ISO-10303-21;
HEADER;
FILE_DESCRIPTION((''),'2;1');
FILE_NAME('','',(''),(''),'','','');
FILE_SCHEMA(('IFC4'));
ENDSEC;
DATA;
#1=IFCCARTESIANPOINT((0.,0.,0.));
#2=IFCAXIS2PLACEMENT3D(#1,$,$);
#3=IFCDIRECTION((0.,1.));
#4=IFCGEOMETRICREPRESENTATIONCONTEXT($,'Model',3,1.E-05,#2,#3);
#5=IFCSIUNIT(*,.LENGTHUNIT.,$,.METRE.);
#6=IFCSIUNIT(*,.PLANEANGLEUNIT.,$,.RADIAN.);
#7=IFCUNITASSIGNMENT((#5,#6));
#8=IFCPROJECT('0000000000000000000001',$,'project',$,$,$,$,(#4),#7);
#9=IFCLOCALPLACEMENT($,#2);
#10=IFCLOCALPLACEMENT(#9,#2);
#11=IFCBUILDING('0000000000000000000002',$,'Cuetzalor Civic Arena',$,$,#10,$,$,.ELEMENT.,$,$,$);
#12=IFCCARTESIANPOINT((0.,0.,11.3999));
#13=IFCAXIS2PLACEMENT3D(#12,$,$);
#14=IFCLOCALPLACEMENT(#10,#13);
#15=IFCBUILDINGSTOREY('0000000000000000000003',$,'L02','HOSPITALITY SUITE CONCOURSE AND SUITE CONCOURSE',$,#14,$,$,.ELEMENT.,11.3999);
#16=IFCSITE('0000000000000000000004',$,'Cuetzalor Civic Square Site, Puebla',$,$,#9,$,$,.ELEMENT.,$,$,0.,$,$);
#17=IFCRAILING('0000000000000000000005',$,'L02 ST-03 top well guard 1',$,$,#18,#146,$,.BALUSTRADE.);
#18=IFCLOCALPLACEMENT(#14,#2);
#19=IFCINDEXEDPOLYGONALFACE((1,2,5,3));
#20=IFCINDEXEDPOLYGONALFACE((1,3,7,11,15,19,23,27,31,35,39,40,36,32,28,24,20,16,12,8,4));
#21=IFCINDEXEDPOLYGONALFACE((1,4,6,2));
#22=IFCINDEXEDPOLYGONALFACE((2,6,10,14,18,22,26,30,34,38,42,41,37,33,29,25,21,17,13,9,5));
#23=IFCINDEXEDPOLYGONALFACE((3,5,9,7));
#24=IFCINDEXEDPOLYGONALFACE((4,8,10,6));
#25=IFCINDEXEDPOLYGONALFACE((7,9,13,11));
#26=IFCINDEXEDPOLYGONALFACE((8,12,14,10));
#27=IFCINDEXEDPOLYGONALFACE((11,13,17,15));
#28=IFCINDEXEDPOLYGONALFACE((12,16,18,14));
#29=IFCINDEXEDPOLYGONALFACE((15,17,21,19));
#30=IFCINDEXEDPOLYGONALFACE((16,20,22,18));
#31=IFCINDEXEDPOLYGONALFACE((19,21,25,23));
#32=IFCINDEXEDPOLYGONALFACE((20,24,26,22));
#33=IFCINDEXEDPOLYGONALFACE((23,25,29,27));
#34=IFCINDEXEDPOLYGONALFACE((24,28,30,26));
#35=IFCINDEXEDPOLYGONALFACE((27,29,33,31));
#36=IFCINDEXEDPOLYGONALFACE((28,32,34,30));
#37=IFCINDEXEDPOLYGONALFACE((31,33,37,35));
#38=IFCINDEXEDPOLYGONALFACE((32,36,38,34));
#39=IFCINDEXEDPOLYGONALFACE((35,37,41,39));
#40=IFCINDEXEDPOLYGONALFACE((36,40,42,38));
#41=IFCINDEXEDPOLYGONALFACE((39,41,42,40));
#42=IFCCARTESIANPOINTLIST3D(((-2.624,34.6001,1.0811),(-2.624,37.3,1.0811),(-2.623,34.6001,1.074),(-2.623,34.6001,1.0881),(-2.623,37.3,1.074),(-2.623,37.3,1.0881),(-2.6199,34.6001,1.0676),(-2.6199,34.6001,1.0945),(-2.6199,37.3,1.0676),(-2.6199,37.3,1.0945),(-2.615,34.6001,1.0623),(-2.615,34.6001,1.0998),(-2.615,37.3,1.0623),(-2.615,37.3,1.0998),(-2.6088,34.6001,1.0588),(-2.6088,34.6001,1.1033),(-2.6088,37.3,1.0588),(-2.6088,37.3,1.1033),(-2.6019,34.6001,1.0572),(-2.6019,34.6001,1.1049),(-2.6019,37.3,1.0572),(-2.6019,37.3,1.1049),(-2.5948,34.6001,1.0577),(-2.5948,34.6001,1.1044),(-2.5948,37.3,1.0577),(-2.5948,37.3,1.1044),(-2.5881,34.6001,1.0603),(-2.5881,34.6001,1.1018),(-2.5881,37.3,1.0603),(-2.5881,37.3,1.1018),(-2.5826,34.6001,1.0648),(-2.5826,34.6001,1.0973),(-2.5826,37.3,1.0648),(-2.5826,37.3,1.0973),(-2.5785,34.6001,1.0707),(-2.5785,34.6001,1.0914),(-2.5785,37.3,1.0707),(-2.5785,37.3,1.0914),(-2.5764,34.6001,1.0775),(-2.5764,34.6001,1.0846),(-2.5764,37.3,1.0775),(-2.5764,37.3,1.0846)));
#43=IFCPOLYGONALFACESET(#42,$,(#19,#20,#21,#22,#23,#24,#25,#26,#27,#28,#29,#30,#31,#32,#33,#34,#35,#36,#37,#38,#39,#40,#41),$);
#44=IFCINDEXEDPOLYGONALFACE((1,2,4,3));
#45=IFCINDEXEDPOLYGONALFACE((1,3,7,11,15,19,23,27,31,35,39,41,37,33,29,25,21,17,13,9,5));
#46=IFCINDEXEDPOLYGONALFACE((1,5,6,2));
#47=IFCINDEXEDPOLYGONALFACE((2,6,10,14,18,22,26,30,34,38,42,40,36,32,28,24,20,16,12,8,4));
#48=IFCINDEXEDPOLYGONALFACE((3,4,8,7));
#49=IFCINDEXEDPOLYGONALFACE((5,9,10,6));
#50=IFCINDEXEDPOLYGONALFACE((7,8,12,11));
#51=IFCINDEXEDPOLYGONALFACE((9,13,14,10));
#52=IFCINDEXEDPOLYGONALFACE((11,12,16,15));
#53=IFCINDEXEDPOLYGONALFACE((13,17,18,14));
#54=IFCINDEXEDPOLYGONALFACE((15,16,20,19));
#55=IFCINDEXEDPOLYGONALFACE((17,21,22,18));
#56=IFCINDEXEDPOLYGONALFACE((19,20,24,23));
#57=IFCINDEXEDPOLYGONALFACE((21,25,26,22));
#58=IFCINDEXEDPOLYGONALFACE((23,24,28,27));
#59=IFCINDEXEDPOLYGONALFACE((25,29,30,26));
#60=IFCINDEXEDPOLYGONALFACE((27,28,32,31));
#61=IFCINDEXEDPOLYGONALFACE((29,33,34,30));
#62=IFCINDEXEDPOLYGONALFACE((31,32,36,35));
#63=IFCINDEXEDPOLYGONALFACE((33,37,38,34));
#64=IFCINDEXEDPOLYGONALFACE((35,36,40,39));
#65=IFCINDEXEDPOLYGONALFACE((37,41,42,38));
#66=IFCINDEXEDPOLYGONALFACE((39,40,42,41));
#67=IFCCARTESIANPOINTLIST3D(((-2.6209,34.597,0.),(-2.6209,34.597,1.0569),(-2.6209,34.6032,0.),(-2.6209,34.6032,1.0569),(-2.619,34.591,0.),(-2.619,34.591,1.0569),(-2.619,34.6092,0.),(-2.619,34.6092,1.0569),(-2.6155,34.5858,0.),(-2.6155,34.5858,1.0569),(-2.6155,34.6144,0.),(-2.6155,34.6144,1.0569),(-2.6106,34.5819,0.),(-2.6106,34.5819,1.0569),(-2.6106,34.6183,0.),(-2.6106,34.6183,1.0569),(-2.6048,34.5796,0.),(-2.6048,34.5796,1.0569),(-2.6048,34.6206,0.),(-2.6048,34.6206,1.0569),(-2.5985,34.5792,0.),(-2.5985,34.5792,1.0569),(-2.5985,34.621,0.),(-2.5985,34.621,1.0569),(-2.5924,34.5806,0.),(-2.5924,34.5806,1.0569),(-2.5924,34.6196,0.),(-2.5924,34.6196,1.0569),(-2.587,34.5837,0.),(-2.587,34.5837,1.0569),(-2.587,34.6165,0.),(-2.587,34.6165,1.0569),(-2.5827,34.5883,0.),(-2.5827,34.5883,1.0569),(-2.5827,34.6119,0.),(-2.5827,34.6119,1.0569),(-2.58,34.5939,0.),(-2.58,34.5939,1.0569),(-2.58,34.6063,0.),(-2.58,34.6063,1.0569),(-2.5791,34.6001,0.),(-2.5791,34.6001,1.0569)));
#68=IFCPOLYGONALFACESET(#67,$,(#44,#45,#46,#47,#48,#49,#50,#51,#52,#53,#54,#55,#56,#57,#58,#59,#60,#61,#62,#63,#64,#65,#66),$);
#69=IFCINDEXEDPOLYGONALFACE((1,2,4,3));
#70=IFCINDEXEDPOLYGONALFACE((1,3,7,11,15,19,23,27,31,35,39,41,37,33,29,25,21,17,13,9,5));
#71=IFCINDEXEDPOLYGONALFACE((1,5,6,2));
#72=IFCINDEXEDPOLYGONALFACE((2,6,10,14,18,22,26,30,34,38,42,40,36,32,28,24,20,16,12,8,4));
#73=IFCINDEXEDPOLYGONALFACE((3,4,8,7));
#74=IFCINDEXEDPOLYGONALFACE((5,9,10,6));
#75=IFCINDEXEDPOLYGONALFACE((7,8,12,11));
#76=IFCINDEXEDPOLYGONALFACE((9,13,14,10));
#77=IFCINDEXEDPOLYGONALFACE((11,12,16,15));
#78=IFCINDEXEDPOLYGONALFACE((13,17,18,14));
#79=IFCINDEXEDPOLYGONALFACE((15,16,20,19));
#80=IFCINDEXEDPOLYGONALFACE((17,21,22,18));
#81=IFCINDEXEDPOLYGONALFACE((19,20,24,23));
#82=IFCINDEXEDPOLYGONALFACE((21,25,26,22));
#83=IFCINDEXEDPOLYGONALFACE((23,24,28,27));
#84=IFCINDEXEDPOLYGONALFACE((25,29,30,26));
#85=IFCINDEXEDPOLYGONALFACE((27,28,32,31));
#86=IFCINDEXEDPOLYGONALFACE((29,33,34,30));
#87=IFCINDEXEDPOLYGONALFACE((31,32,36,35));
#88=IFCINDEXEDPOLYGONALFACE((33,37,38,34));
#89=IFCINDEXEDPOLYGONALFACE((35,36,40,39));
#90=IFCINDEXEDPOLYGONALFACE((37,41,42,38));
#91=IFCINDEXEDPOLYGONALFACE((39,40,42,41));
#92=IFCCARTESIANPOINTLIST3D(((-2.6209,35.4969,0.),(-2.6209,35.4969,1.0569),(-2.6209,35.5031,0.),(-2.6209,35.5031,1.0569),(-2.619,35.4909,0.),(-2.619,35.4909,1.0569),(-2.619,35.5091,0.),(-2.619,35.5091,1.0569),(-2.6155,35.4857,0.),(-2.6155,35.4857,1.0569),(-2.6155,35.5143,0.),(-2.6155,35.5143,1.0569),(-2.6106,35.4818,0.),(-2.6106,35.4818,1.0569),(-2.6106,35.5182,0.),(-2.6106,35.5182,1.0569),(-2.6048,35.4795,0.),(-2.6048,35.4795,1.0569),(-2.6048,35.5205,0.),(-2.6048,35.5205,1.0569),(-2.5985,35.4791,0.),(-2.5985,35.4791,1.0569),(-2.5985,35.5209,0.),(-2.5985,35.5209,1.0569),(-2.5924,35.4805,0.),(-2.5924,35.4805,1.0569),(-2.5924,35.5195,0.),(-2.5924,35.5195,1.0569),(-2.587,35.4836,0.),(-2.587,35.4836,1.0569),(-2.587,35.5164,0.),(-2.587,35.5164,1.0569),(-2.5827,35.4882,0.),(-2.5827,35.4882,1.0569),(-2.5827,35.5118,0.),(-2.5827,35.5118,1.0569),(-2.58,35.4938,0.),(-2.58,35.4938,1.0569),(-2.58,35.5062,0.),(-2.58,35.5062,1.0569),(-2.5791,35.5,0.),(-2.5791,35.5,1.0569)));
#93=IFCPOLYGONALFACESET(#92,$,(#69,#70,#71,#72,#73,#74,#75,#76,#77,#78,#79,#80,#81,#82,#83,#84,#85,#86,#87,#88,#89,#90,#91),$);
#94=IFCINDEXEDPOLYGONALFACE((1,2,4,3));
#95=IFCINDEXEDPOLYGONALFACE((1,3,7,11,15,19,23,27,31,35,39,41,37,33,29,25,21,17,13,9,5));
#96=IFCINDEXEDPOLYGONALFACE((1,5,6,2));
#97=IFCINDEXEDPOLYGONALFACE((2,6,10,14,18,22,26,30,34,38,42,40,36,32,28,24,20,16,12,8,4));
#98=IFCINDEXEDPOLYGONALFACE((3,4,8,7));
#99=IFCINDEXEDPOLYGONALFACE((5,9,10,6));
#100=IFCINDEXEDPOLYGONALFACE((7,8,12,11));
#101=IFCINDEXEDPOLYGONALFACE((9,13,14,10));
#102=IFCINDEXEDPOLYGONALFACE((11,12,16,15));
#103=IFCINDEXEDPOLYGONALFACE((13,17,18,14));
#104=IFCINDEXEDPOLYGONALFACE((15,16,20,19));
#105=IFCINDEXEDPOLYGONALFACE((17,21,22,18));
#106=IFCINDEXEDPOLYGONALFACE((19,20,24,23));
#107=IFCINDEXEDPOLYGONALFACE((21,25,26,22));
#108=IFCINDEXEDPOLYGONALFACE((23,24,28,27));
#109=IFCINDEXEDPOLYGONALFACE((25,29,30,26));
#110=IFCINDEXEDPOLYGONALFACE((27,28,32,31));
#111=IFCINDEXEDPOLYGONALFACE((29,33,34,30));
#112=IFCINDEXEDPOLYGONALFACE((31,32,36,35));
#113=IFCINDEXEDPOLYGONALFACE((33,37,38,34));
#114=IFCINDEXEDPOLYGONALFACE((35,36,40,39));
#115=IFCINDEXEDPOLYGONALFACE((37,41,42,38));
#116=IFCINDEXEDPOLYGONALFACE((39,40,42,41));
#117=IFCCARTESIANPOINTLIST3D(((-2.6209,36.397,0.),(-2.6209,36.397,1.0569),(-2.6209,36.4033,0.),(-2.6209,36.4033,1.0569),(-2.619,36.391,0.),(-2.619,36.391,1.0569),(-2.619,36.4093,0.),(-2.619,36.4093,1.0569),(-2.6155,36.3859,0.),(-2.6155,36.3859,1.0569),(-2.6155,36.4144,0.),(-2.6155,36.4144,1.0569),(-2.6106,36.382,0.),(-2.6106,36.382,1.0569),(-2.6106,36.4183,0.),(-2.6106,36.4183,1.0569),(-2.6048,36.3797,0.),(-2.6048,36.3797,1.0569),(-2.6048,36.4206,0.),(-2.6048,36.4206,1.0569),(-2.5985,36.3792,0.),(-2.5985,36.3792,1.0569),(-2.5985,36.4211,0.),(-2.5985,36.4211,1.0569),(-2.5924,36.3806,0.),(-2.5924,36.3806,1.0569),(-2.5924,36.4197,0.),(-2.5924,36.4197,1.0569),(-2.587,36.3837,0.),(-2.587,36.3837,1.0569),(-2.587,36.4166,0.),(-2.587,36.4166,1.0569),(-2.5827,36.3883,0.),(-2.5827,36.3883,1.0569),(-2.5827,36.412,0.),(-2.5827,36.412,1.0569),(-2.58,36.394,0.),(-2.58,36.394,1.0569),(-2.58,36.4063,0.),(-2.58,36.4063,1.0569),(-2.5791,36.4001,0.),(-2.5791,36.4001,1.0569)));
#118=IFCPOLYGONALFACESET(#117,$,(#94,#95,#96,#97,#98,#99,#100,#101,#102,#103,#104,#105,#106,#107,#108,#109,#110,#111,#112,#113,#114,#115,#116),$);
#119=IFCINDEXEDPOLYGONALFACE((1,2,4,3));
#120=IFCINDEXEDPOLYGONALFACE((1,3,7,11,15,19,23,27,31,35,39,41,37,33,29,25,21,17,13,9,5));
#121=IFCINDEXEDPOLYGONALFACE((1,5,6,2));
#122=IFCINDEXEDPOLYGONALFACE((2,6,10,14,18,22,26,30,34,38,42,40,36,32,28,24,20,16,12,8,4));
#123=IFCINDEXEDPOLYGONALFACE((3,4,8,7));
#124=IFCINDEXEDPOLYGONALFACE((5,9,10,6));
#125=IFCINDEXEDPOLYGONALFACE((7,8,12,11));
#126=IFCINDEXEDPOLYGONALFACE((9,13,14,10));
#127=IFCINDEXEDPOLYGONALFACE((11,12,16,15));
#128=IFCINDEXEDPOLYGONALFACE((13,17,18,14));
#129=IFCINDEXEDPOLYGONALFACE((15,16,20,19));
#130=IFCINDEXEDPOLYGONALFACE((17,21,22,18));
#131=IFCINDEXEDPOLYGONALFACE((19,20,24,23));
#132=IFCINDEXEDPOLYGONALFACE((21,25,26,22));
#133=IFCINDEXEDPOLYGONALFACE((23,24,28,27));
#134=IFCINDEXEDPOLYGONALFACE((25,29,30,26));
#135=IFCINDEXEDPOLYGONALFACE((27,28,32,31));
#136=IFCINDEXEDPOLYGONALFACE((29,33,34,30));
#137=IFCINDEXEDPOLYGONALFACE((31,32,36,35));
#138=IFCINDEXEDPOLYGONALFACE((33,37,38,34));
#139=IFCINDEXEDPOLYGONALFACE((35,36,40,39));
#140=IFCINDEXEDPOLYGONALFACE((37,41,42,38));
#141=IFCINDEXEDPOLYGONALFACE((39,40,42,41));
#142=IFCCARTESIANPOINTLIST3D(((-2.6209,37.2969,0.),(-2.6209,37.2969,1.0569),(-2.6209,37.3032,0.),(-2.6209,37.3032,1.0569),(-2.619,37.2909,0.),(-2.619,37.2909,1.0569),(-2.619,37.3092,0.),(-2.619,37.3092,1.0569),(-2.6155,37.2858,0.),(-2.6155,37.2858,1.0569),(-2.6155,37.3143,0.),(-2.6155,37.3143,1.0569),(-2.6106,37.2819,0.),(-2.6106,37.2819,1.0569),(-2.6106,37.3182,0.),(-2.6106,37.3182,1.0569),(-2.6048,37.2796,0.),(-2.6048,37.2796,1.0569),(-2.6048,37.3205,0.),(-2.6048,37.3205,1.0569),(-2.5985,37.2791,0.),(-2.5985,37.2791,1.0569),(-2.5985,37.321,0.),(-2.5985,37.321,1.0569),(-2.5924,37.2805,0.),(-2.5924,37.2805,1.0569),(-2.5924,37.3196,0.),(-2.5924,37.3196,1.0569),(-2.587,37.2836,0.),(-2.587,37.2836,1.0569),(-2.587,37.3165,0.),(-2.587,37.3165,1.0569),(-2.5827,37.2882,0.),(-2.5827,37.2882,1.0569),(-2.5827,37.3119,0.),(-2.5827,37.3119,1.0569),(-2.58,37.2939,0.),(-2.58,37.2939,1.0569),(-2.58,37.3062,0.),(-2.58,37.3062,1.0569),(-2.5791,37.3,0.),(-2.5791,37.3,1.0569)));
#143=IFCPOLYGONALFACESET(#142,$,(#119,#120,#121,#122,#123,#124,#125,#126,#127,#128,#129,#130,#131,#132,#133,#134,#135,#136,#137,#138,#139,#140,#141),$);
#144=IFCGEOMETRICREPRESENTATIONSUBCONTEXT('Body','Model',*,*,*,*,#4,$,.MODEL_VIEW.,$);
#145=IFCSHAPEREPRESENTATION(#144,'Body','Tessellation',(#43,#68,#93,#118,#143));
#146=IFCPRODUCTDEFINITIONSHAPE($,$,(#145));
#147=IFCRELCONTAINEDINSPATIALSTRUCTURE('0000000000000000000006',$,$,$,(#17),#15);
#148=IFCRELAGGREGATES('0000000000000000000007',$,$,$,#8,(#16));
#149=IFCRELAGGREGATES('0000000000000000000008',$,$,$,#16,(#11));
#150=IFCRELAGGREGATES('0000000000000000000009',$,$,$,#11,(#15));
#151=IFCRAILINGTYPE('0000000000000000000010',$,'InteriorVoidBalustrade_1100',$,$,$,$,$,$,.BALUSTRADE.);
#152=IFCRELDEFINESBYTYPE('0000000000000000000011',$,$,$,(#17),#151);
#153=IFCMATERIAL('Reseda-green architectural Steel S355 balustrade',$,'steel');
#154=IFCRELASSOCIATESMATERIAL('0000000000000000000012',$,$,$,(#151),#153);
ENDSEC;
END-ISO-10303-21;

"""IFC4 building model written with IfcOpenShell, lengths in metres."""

from ifc_helpers import new_model, si_unit, direction, frame, origin, origin_2d, place, context, subcontext, project, spatial, circle, extrude, material, type_object, element, save


model = new_model("IFC4")

# Units and contexts
model_context = context("Model", 3, precision=1e-05, world=origin(), true_north=direction((0.0, 1.0)))
body_context = subcontext(model_context, "Body", "Model", "MODEL_VIEW")
ifc_project = project(units=[si_unit("LENGTHUNIT", "METRE"), si_unit("PLANEANGLEUNIT", "RADIAN")], contexts=[model_context])

# Site, building, storey
site_placement = place(None, origin())
site = spatial("IfcSite", under=ifc_project, at=site_placement, Name="Cuetzalor Civic Square Site, Puebla", CompositionType="ELEMENT", RefElevation=0.0)
building_placement = place(site_placement, origin())
building = spatial("IfcBuilding", under=site, at=building_placement, Name="Cuetzalor Civic Arena", CompositionType="ELEMENT")
storey_placement = place(building_placement, frame((0.0, 0.0, 11.3999)))
storey = spatial("IfcBuildingStorey", under=building, at=storey_placement, Name="L02", Description="HOSPITALITY SUITE CONCOURSE AND SUITE CONCOURSE", CompositionType="ELEMENT", Elevation=11.3999)

# Railing
ifc_material_1 = material(Name="Reseda-green architectural Steel S355 balustrade", Category="steel")
railing_type_1 = type_object("IfcRailingType", Name="InteriorVoidBalustrade_1100", PredefinedType="BALUSTRADE", material=ifc_material_1)
railing_1_placement = place(storey_placement, frame((-2.6001, 34.6001, 0.0)))
element("IfcRailing", 1, at=railing_1_placement, inside=storey, type_object=railing_type_1, Name="L02 ST-03 top well guard 1", PredefinedType="BALUSTRADE", context=body_context, shape_type="SweptSolid", body=[
    extrude(circle(Radius=0.0239, at=origin_2d()), frame((0.0, 0.0, 1.0811), z_axis=(0.0, 1.0, 0.0), x_axis=(-1.0, 0.0, 0.0)), (0.0, 0.0, 1.0), 2.7),
    extrude(circle(Radius=0.021, at=origin_2d()), origin(), (0.0, 0.0, 1.0), 1.0569),
    extrude(circle(Radius=0.021, at=origin_2d()), frame((0.0, 0.8999, 0.0)), (0.0, 0.0, 1.0), 1.0569),
    extrude(circle(Radius=0.021, at=origin_2d()), frame((0.0, 1.8, 0.0)), (0.0, 0.0, 1.0), 1.0569),
    extrude(circle(Radius=0.021, at=origin_2d()), frame((0.0, 2.7, 0.0)), (0.0, 0.0, 1.0), 1.0569),
])

save(model, "model.ifc")
